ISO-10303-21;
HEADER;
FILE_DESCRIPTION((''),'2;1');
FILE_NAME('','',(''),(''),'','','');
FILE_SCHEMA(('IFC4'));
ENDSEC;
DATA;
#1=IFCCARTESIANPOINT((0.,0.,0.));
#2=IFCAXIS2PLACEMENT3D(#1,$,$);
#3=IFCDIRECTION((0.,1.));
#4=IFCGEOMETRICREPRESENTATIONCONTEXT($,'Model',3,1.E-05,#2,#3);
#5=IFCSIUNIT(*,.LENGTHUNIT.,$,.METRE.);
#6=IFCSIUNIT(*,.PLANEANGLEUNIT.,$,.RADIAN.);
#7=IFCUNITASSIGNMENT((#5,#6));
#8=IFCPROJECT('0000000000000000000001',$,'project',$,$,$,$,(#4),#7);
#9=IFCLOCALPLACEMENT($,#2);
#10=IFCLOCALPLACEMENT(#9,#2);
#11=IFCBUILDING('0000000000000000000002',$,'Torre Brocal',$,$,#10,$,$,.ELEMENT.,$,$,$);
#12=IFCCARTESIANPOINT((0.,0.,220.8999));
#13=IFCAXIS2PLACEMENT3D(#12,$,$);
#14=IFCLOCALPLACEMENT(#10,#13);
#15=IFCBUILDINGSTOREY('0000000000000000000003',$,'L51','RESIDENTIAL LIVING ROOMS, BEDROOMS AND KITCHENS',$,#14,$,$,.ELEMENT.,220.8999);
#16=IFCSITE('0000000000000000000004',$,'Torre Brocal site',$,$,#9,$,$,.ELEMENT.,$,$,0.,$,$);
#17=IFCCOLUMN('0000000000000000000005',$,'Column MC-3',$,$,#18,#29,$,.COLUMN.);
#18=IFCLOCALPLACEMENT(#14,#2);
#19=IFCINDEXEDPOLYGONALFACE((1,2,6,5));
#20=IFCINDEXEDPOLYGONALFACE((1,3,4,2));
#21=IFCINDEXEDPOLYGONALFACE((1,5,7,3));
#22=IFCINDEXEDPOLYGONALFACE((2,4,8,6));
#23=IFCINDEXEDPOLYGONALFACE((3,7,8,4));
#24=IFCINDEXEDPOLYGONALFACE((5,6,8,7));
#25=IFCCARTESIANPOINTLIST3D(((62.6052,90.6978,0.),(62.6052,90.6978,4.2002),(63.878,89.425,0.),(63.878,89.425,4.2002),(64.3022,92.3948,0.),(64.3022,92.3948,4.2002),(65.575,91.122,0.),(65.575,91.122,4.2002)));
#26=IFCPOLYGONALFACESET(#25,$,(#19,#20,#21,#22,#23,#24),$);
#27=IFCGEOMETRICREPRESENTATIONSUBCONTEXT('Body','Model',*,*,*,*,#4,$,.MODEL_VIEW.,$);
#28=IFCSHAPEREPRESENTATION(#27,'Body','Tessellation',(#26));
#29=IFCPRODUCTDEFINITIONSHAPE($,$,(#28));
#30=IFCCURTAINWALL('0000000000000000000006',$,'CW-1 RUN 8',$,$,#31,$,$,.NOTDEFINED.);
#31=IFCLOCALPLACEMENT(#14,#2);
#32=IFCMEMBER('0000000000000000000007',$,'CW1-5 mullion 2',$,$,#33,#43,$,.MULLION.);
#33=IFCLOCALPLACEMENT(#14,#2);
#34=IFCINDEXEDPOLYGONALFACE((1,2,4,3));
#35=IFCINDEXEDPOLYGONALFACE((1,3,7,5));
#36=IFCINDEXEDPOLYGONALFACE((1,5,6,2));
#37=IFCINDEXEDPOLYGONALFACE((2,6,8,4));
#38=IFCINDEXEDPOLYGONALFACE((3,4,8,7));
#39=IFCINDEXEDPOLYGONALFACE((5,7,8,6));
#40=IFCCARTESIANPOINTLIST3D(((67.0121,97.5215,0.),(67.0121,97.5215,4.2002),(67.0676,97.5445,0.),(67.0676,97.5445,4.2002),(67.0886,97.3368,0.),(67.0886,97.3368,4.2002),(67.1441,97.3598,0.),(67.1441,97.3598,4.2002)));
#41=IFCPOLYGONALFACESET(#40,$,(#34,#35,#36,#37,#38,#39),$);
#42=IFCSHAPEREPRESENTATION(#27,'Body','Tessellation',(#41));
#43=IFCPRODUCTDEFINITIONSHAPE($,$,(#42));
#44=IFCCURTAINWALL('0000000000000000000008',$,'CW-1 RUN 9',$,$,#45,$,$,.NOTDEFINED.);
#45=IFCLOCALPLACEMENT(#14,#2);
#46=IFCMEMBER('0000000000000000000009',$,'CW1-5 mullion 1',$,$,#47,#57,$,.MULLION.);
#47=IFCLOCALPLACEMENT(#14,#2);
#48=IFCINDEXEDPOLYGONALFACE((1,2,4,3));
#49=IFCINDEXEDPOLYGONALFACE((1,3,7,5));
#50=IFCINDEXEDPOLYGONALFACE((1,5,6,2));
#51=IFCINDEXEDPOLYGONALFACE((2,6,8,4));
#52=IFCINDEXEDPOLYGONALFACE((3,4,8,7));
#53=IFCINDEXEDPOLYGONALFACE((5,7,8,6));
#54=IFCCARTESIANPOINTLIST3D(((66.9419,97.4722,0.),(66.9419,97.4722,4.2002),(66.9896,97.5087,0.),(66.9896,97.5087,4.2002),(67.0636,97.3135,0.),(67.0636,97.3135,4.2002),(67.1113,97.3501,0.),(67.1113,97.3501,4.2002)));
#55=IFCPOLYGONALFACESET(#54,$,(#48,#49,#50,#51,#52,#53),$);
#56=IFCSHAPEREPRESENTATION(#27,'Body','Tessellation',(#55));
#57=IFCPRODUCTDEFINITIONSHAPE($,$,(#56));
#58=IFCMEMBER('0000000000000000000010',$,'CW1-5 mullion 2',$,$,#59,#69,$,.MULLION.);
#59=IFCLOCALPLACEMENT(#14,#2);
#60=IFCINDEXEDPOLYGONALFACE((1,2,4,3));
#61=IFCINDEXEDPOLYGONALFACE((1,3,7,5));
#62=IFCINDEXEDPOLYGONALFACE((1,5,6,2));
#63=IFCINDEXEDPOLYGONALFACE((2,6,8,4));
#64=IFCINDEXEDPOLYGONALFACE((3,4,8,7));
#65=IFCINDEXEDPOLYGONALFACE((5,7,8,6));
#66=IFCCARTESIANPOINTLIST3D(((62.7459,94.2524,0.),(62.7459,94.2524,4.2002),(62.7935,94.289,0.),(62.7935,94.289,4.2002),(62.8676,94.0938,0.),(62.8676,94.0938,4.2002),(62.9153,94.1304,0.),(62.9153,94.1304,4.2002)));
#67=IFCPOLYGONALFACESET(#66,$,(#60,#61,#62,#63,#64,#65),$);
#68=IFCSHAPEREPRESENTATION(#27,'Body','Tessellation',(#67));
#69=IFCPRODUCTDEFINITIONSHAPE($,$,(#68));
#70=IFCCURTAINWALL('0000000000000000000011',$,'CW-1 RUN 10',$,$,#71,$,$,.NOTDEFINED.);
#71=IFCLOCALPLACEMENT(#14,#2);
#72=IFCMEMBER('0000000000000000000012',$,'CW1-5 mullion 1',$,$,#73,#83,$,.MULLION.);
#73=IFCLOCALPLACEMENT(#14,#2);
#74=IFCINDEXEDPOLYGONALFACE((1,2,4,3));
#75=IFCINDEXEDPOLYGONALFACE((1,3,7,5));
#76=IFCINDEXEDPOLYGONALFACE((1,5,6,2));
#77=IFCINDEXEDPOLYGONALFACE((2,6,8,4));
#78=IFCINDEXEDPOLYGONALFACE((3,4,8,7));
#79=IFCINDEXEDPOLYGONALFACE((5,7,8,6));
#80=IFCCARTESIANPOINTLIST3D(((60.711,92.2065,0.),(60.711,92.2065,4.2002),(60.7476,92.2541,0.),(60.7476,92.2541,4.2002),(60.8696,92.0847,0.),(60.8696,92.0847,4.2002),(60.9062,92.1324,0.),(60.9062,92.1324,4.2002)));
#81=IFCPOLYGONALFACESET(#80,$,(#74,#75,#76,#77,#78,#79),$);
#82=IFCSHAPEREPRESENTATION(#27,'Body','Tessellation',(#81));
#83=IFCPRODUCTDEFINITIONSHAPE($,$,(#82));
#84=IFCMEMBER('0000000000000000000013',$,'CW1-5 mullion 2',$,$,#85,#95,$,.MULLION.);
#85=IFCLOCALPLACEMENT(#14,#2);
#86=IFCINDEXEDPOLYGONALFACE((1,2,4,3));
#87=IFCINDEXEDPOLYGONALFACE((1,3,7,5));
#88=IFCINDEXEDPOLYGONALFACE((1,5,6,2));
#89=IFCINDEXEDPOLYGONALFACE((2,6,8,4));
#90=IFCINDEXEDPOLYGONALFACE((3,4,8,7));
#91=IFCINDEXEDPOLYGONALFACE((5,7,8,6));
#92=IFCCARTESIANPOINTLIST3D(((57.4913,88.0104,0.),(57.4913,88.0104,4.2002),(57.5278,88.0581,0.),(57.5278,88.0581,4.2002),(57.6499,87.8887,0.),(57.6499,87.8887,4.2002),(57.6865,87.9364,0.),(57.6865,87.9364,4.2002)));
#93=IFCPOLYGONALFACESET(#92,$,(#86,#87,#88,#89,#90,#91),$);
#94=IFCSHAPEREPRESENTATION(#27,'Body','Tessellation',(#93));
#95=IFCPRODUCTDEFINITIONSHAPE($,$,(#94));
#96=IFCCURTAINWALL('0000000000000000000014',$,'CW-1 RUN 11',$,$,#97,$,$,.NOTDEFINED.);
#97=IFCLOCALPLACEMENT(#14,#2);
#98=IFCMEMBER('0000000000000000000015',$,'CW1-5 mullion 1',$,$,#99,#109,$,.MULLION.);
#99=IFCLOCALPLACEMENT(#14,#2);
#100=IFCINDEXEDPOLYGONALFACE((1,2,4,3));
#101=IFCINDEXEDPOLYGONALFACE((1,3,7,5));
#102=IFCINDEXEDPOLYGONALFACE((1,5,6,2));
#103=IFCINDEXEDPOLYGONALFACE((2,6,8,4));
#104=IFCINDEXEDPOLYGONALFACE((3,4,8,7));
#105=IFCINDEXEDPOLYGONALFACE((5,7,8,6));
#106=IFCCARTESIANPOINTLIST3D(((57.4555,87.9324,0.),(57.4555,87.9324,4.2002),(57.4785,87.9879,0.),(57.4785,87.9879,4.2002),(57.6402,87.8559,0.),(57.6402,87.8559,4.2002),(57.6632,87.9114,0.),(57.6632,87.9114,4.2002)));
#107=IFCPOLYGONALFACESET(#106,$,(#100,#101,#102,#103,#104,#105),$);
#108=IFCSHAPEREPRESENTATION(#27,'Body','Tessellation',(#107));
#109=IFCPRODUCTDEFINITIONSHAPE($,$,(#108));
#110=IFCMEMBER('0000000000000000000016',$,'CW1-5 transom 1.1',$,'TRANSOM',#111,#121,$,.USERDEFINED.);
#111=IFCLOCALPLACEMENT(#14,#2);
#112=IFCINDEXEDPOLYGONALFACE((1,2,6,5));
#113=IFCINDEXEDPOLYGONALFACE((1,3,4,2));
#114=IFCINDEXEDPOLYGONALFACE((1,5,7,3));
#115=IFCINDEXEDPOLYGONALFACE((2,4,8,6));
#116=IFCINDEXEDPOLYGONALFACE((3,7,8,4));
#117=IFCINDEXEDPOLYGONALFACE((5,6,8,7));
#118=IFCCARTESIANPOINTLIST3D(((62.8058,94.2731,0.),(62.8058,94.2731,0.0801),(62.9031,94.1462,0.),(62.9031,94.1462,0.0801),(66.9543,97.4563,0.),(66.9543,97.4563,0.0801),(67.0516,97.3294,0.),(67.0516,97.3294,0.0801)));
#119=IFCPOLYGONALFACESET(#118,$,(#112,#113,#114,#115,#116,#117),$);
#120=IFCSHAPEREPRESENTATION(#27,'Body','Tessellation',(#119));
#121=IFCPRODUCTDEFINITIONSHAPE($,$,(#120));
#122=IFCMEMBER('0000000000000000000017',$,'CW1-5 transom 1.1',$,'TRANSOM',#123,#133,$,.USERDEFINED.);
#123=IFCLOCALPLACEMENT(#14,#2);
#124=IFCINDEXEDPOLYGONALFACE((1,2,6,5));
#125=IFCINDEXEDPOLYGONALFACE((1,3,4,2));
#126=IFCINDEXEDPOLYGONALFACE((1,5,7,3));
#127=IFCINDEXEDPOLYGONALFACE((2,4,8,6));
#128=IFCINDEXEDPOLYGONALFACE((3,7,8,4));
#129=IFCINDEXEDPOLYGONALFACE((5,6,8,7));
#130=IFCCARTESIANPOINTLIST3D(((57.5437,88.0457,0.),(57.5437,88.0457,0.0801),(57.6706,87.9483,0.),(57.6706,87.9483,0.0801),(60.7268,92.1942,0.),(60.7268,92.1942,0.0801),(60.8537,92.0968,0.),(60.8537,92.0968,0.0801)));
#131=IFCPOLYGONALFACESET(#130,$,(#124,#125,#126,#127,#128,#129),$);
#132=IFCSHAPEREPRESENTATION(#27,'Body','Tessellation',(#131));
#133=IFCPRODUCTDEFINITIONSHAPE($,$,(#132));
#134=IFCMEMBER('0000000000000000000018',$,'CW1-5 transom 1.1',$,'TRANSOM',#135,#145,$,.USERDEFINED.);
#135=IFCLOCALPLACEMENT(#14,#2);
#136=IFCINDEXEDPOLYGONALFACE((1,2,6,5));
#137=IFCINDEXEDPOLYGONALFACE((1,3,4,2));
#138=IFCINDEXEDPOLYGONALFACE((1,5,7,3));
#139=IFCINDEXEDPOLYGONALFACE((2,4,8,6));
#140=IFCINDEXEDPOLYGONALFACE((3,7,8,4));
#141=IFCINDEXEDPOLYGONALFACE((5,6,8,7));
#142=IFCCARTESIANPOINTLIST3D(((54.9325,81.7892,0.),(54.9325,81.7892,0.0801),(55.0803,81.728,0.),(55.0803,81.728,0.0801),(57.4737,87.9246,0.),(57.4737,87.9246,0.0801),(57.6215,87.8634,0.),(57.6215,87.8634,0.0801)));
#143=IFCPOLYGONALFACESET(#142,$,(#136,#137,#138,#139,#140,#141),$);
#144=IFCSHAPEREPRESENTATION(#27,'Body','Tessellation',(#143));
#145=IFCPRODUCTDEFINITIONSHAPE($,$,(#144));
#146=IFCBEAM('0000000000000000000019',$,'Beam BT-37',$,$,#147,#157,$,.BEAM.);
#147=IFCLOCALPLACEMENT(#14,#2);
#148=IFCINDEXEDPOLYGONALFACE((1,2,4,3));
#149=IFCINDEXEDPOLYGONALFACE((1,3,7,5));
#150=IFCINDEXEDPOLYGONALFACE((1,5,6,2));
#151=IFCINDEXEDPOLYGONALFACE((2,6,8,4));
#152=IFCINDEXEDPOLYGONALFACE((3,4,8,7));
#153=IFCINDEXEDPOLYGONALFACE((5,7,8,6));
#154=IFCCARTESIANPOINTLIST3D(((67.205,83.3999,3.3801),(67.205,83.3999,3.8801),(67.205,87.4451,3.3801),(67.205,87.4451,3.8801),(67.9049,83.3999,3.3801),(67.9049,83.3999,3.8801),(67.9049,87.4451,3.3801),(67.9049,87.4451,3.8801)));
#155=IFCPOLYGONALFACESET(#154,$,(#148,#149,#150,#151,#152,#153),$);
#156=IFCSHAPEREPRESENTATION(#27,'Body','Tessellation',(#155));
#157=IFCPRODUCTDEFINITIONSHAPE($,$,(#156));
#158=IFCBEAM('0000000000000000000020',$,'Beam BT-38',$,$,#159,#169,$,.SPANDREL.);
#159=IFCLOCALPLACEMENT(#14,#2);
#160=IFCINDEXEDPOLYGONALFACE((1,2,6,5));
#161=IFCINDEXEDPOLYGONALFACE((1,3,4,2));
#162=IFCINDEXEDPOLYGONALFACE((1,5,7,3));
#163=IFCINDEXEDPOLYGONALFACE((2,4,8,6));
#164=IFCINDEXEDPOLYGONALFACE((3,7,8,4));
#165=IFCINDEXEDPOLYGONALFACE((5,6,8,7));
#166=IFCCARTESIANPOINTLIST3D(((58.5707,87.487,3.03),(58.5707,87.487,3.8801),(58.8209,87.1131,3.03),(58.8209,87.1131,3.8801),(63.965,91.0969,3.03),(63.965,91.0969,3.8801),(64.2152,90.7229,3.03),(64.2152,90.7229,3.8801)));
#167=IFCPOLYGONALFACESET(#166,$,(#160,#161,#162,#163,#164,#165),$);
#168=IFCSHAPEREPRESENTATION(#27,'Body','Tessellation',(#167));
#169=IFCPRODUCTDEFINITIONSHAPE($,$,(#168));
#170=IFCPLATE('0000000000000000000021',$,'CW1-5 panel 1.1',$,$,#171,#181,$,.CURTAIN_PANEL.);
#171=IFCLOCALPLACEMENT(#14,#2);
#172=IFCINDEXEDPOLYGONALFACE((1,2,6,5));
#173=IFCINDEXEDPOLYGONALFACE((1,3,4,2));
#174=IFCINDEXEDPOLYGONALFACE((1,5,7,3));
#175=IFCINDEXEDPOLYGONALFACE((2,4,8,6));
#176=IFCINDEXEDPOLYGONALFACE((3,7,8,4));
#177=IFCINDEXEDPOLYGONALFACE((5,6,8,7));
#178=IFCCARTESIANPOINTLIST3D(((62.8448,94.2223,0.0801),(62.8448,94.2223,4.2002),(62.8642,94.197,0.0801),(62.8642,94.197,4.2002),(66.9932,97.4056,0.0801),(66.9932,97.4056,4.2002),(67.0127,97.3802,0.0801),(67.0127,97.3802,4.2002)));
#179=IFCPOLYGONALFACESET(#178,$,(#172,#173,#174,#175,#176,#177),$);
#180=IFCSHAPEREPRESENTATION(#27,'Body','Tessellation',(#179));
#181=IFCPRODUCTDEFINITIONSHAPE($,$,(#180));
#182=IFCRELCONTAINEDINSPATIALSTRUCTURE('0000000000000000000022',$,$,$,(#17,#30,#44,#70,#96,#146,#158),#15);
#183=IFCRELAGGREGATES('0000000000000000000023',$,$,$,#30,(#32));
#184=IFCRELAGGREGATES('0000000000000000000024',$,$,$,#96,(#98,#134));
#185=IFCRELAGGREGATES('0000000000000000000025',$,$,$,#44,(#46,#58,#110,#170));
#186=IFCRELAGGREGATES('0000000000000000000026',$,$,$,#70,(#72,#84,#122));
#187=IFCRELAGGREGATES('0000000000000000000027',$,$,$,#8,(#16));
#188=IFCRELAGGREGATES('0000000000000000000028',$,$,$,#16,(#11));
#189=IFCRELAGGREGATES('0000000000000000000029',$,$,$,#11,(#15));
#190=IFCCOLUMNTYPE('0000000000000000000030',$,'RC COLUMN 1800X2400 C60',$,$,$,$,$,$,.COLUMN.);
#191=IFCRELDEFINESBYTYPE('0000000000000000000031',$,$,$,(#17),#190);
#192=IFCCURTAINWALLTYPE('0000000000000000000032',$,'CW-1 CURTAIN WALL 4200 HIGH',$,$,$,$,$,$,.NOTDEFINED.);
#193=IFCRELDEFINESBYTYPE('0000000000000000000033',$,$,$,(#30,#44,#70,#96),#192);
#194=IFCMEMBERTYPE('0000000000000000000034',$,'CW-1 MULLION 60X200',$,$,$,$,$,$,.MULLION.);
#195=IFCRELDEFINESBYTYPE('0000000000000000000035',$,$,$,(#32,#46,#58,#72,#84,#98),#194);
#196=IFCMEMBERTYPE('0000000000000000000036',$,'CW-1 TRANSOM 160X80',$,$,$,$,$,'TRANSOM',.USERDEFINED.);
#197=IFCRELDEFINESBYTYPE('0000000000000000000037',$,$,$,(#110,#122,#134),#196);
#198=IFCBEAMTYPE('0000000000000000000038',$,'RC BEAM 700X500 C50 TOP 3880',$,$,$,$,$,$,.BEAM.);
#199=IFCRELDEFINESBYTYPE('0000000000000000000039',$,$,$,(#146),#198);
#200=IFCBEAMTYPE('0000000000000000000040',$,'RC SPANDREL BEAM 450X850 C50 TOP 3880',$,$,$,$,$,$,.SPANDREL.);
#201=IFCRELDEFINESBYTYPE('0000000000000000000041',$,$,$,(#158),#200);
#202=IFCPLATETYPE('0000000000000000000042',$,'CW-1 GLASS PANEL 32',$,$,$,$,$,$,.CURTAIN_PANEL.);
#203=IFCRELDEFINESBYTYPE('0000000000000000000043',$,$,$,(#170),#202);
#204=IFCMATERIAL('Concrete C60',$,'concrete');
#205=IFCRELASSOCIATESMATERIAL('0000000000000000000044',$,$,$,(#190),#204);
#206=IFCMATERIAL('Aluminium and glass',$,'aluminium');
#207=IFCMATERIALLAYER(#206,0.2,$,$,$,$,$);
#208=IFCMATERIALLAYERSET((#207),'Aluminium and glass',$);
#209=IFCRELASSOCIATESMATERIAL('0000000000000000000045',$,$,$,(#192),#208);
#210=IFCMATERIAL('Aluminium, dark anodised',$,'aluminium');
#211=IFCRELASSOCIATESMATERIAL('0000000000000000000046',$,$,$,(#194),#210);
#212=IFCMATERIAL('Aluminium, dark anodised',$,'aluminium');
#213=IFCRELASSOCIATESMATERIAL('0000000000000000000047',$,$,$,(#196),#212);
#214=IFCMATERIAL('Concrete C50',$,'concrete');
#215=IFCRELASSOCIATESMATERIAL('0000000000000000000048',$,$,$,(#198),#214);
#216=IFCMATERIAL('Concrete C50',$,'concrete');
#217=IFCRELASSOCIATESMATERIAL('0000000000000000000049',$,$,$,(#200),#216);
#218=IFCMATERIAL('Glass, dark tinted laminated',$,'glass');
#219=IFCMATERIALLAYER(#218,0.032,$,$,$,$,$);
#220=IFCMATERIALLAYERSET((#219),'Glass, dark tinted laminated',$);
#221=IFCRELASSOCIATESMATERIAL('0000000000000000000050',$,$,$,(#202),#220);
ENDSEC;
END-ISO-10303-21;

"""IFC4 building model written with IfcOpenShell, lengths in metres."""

from ifc_helpers import new_model, si_unit, direction, frame, origin, origin_2d, place, context, subcontext, project, spatial, rectangle, extrude, material, layer, layer_set, material_profile, profile_set, type_object, element, aggregate, save


model = new_model("IFC4")

# Units and contexts
model_context = context("Model", 3, precision=1e-05, world=origin(), true_north=direction((0.0, 1.0)))
body_context = subcontext(model_context, "Body", "Model", "MODEL_VIEW")
ifc_project = project(units=[si_unit("LENGTHUNIT", "METRE"), si_unit("PLANEANGLEUNIT", "RADIAN")], contexts=[model_context])

# Site, building, storey
site_placement = place(None, origin())
site = spatial("IfcSite", under=ifc_project, at=site_placement, Name="Torre Brocal site", CompositionType="ELEMENT", RefElevation=0.0)
building_placement = place(site_placement, origin())
building = spatial("IfcBuilding", under=site, at=building_placement, Name="Torre Brocal", CompositionType="ELEMENT")
storey_placement = place(building_placement, frame((0.0, 0.0, 220.8999)))
storey = spatial("IfcBuildingStorey", under=building, at=storey_placement, Name="L51", Description="RESIDENTIAL LIVING ROOMS, BEDROOMS AND KITCHENS", CompositionType="ELEMENT", Elevation=220.8999)

# Column
ifc_material_1 = material(Name="Concrete C60", Category="concrete")
ifc_material_profile_1 = material_profile(ifc_material_1, rectangle(XDim=1.8, YDim=2.3999, at=origin_2d()), Name="RC 1800X2400")
ifc_profile_set_1 = profile_set([ifc_material_profile_1], Name="Concrete C60")
column_type = type_object("IfcColumnType", Name="RC COLUMN 1800X2400 C60", PredefinedType="COLUMN", material=ifc_profile_set_1)
column_placement = place(storey_placement, frame((64.0901, 90.9099, 0.0), z_axis=(0.0, 0.0, 1.0), x_axis=(-0.707107, 0.707107, 0.0)))
element("IfcColumn", 1, at=column_placement, inside=storey, type_object=column_type, Name="Column MC-3", PredefinedType="COLUMN", context=body_context, shape_type="SweptSolid", body=[
    extrude(rectangle(XDim=1.8, YDim=2.3999, at=origin_2d()), origin(), (0.0, 0.0, 1.0), 4.2002),
])

# Curtain wall, member
ifc_material_2 = material(Name="Aluminium and glass", Category="aluminium")
ifc_layer_1 = layer(ifc_material_2, 0.2)
ifc_layer_set_1 = layer_set([ifc_layer_1], Name="Aluminium and glass")
curtain_wall_type = type_object("IfcCurtainWallType", Name="CW-1 CURTAIN WALL 4200 HIGH", PredefinedType="NOTDEFINED", material=ifc_layer_set_1)
curtain_wall_1_placement = place(storey_placement, origin())
curtain_wall_1 = element("IfcCurtainWall", 2, at=curtain_wall_1_placement, inside=storey, type_object=curtain_wall_type, Name="CW-1 RUN 8", PredefinedType="NOTDEFINED")
ifc_material_3 = material(Name="Aluminium, dark anodised", Category="aluminium")
ifc_material_profile_2 = material_profile(ifc_material_3, rectangle(XDim=0.2, YDim=0.0601, at=origin_2d()), Name="CW-1 MULLION 60X200")
ifc_profile_set_2 = profile_set([ifc_material_profile_2], Name="Aluminium, dark anodised")
member_type_1 = type_object("IfcMemberType", Name="CW-1 MULLION 60X200", PredefinedType="MULLION", material=ifc_profile_set_2)
member_1_placement = place(storey_placement, frame((67.0781, 97.4407, 0.0), z_axis=(0.0, 0.0, 1.0), x_axis=(0.382683, -0.92388, 0.0)))
member_1 = element("IfcMember", 3, at=member_1_placement, type_object=member_type_1, Name="CW1-5 mullion 2", PredefinedType="MULLION", context=body_context, shape_type="SweptSolid", body=[
    extrude(rectangle(XDim=0.2, YDim=0.0601, at=origin_2d()), origin(), (0.0, 0.0, 1.0), 4.2002),
])
aggregate(curtain_wall_1, [member_1])

# Curtain walls, members
curtain_wall_2_placement = place(storey_placement, origin())
curtain_wall_2 = element("IfcCurtainWall", 4, at=curtain_wall_2_placement, inside=storey, type_object=curtain_wall_type, Name="CW-1 RUN 9", PredefinedType="NOTDEFINED")
member_2_placement = place(storey_placement, frame((67.0266, 97.4111, 0.0), z_axis=(0.0, 0.0, 1.0), x_axis=(0.608761, -0.793353, 0.0)))
member_2 = element("IfcMember", 5, at=member_2_placement, type_object=member_type_1, Name="CW1-5 mullion 1", PredefinedType="MULLION", context=body_context, shape_type="SweptSolid", body=[
    extrude(rectangle(XDim=0.2, YDim=0.0601, at=origin_2d()), origin(), (0.0, 0.0, 1.0), 4.2002),
])
member_3_placement = place(storey_placement, frame((62.8306, 94.1914, 0.0), z_axis=(0.0, 0.0, 1.0), x_axis=(0.608761, -0.793353, 0.0)))
member_3 = element("IfcMember", 6, at=member_3_placement, type_object=member_type_1, Name="CW1-5 mullion 2", PredefinedType="MULLION", context=body_context, shape_type="SweptSolid", body=[
    extrude(rectangle(XDim=0.2, YDim=0.0601, at=origin_2d()), origin(), (0.0, 0.0, 1.0), 4.2002),
])
curtain_wall_3_placement = place(storey_placement, origin())
curtain_wall_3 = element("IfcCurtainWall", 7, at=curtain_wall_3_placement, inside=storey, type_object=curtain_wall_type, Name="CW-1 RUN 10", PredefinedType="NOTDEFINED")
member_4_placement = place(storey_placement, frame((60.8086, 92.1694, 0.0), z_axis=(0.0, 0.0, 1.0), x_axis=(0.793353, -0.608761, 0.0)))
member_4 = element("IfcMember", 8, at=member_4_placement, type_object=member_type_1, Name="CW1-5 mullion 1", PredefinedType="MULLION", context=body_context, shape_type="SweptSolid", body=[
    extrude(rectangle(XDim=0.2, YDim=0.0601, at=origin_2d()), origin(), (0.0, 0.0, 1.0), 4.2002),
])
member_5_placement = place(storey_placement, frame((57.5889, 87.9734, 0.0), z_axis=(0.0, 0.0, 1.0), x_axis=(0.793353, -0.608761, 0.0)))
member_5 = element("IfcMember", 9, at=member_5_placement, type_object=member_type_1, Name="CW1-5 mullion 2", PredefinedType="MULLION", context=body_context, shape_type="SweptSolid", body=[
    extrude(rectangle(XDim=0.2, YDim=0.0601, at=origin_2d()), origin(), (0.0, 0.0, 1.0), 4.2002),
])

# Curtain wall, member
curtain_wall_4_placement = place(storey_placement, origin())
curtain_wall_4 = element("IfcCurtainWall", 10, at=curtain_wall_4_placement, inside=storey, type_object=curtain_wall_type, Name="CW-1 RUN 11", PredefinedType="NOTDEFINED")
member_6_placement = place(storey_placement, frame((57.5593, 87.9219, 0.0), z_axis=(0.0, 0.0, 1.0), x_axis=(0.92388, -0.382683, 0.0)))
member_6 = element("IfcMember", 11, at=member_6_placement, type_object=member_type_1, Name="CW1-5 mullion 1", PredefinedType="MULLION", context=body_context, shape_type="SweptSolid", body=[
    extrude(rectangle(XDim=0.2, YDim=0.0601, at=origin_2d()), origin(), (0.0, 0.0, 1.0), 4.2002),
])

# Members
ifc_material_4 = material(Name="Aluminium, dark anodised", Category="aluminium")
ifc_material_profile_3 = material_profile(ifc_material_4, rectangle(XDim=0.1599, YDim=0.0801, at=origin_2d()), Name="CW-1 TRANSOM 160X80")
ifc_profile_set_3 = profile_set([ifc_material_profile_3], Name="Aluminium, dark anodised")
member_type_2 = type_object("IfcMemberType", Name="CW-1 TRANSOM 160X80", ElementType="TRANSOM", PredefinedType="USERDEFINED", material=ifc_profile_set_3)
member_7_placement = place(storey_placement, frame((67.0029, 97.3928, 0.04), z_axis=(-0.793363, -0.608749, 0.0), x_axis=(0.608749, -0.793363, 0.0)))
member_7 = element("IfcMember", 12, at=member_7_placement, type_object=member_type_2, Name="CW1-5 transom 1.1", ObjectType="TRANSOM", PredefinedType="USERDEFINED", context=body_context, shape_type="SweptSolid", body=[
    extrude(rectangle(XDim=0.1599, YDim=0.0801, at=origin_2d()), origin(), (0.0, 0.0, 1.0), 5.229),
])
member_8_placement = place(storey_placement, frame((60.7903, 92.1455, 0.04), z_axis=(-0.608749, -0.793363, 0.0), x_axis=(0.793363, -0.608749, 0.0)))
member_8 = element("IfcMember", 13, at=member_8_placement, type_object=member_type_2, Name="CW1-5 transom 1.1", ObjectType="TRANSOM", PredefinedType="USERDEFINED", context=body_context, shape_type="SweptSolid", body=[
    extrude(rectangle(XDim=0.1599, YDim=0.0801, at=origin_2d()), origin(), (0.0, 0.0, 1.0), 5.229),
])
member_9_placement = place(storey_placement, frame((57.5476, 87.894, 0.04), z_axis=(-0.382665, -0.923887, 0.0), x_axis=(0.923887, -0.382665, 0.0)))
member_9 = element("IfcMember", 14, at=member_9_placement, type_object=member_type_2, Name="CW1-5 transom 1.1", ObjectType="TRANSOM", PredefinedType="USERDEFINED", context=body_context, shape_type="SweptSolid", body=[
    extrude(rectangle(XDim=0.1599, YDim=0.0801, at=origin_2d()), origin(), (0.0, 0.0, 1.0), 6.6409),
])
aggregate(curtain_wall_4, [member_6, member_9])

# Beams
ifc_material_5 = material(Name="Concrete C50", Category="concrete")
ifc_material_profile_4 = material_profile(ifc_material_5, rectangle(XDim=0.7, YDim=0.5, at=origin_2d()), Name="RC 700X500")
ifc_profile_set_4 = profile_set([ifc_material_profile_4], Name="Concrete C50")
beam_type_1 = type_object("IfcBeamType", Name="RC BEAM 700X500 C50 TOP 3880", PredefinedType="BEAM", material=ifc_profile_set_4)
beam_1_placement = place(storey_placement, frame((67.5549, 87.4451, 3.6301), z_axis=(0.0, -1.0, 0.0), x_axis=(1.0, 0.0, 0.0)))
element("IfcBeam", 15, at=beam_1_placement, inside=storey, type_object=beam_type_1, Name="Beam BT-37", PredefinedType="BEAM", context=body_context, shape_type="SweptSolid", body=[
    extrude(rectangle(XDim=0.7, YDim=0.5, at=origin_2d()), origin(), (0.0, 0.0, 1.0), 4.0452),
])
ifc_material_6 = material(Name="Concrete C50", Category="concrete")
ifc_material_profile_5 = material_profile(ifc_material_6, rectangle(XDim=0.45, YDim=0.8501, at=origin_2d()), Name="RC 450X850")
ifc_profile_set_5 = profile_set([ifc_material_profile_5], Name="Concrete C50")
beam_type_2 = type_object("IfcBeamType", Name="RC SPANDREL BEAM 450X850 C50 TOP 3880", PredefinedType="SPANDREL", material=ifc_profile_set_5)
beam_2_placement = place(storey_placement, frame((64.0901, 90.9099, 3.4551), z_axis=(-0.831077, -0.556158, 0.0), x_axis=(0.556158, -0.831077, 0.0)))
element("IfcBeam", 16, at=beam_2_placement, inside=storey, type_object=beam_type_2, Name="Beam BT-38", PredefinedType="SPANDREL", context=body_context, shape_type="SweptSolid", body=[
    extrude(rectangle(XDim=0.45, YDim=0.8501, at=origin_2d()), origin(), (0.0, 0.0, 1.0), 6.4907),
])

# Plate
ifc_material_7 = material(Name="Glass, dark tinted laminated", Category="glass")
ifc_layer_2 = layer(ifc_material_7, 0.032)
ifc_layer_set_2 = layer_set([ifc_layer_2], Name="Glass, dark tinted laminated")
plate_type = type_object("IfcPlateType", Name="CW-1 GLASS PANEL 32", PredefinedType="CURTAIN_PANEL", material=ifc_layer_set_2)
plate_1_placement = place(storey_placement, frame((64.9287, 95.8013, 0.0801), z_axis=(0.0, 0.0, 1.0), x_axis=(-0.793353, -0.608761, 0.0)))
plate_1 = element("IfcPlate", 17, at=plate_1_placement, type_object=plate_type, Name="CW1-5 panel 1.1", PredefinedType="CURTAIN_PANEL", context=body_context, shape_type="SweptSolid", body=[
    extrude(rectangle(XDim=5.229, YDim=0.032, at=origin_2d()), origin(), (0.0, 0.0, 1.0), 4.1201),
])
aggregate(curtain_wall_2, [member_2, member_3, member_7, plate_1])
aggregate(curtain_wall_3, [member_4, member_5, member_8])

save(model, "model.ifc")
